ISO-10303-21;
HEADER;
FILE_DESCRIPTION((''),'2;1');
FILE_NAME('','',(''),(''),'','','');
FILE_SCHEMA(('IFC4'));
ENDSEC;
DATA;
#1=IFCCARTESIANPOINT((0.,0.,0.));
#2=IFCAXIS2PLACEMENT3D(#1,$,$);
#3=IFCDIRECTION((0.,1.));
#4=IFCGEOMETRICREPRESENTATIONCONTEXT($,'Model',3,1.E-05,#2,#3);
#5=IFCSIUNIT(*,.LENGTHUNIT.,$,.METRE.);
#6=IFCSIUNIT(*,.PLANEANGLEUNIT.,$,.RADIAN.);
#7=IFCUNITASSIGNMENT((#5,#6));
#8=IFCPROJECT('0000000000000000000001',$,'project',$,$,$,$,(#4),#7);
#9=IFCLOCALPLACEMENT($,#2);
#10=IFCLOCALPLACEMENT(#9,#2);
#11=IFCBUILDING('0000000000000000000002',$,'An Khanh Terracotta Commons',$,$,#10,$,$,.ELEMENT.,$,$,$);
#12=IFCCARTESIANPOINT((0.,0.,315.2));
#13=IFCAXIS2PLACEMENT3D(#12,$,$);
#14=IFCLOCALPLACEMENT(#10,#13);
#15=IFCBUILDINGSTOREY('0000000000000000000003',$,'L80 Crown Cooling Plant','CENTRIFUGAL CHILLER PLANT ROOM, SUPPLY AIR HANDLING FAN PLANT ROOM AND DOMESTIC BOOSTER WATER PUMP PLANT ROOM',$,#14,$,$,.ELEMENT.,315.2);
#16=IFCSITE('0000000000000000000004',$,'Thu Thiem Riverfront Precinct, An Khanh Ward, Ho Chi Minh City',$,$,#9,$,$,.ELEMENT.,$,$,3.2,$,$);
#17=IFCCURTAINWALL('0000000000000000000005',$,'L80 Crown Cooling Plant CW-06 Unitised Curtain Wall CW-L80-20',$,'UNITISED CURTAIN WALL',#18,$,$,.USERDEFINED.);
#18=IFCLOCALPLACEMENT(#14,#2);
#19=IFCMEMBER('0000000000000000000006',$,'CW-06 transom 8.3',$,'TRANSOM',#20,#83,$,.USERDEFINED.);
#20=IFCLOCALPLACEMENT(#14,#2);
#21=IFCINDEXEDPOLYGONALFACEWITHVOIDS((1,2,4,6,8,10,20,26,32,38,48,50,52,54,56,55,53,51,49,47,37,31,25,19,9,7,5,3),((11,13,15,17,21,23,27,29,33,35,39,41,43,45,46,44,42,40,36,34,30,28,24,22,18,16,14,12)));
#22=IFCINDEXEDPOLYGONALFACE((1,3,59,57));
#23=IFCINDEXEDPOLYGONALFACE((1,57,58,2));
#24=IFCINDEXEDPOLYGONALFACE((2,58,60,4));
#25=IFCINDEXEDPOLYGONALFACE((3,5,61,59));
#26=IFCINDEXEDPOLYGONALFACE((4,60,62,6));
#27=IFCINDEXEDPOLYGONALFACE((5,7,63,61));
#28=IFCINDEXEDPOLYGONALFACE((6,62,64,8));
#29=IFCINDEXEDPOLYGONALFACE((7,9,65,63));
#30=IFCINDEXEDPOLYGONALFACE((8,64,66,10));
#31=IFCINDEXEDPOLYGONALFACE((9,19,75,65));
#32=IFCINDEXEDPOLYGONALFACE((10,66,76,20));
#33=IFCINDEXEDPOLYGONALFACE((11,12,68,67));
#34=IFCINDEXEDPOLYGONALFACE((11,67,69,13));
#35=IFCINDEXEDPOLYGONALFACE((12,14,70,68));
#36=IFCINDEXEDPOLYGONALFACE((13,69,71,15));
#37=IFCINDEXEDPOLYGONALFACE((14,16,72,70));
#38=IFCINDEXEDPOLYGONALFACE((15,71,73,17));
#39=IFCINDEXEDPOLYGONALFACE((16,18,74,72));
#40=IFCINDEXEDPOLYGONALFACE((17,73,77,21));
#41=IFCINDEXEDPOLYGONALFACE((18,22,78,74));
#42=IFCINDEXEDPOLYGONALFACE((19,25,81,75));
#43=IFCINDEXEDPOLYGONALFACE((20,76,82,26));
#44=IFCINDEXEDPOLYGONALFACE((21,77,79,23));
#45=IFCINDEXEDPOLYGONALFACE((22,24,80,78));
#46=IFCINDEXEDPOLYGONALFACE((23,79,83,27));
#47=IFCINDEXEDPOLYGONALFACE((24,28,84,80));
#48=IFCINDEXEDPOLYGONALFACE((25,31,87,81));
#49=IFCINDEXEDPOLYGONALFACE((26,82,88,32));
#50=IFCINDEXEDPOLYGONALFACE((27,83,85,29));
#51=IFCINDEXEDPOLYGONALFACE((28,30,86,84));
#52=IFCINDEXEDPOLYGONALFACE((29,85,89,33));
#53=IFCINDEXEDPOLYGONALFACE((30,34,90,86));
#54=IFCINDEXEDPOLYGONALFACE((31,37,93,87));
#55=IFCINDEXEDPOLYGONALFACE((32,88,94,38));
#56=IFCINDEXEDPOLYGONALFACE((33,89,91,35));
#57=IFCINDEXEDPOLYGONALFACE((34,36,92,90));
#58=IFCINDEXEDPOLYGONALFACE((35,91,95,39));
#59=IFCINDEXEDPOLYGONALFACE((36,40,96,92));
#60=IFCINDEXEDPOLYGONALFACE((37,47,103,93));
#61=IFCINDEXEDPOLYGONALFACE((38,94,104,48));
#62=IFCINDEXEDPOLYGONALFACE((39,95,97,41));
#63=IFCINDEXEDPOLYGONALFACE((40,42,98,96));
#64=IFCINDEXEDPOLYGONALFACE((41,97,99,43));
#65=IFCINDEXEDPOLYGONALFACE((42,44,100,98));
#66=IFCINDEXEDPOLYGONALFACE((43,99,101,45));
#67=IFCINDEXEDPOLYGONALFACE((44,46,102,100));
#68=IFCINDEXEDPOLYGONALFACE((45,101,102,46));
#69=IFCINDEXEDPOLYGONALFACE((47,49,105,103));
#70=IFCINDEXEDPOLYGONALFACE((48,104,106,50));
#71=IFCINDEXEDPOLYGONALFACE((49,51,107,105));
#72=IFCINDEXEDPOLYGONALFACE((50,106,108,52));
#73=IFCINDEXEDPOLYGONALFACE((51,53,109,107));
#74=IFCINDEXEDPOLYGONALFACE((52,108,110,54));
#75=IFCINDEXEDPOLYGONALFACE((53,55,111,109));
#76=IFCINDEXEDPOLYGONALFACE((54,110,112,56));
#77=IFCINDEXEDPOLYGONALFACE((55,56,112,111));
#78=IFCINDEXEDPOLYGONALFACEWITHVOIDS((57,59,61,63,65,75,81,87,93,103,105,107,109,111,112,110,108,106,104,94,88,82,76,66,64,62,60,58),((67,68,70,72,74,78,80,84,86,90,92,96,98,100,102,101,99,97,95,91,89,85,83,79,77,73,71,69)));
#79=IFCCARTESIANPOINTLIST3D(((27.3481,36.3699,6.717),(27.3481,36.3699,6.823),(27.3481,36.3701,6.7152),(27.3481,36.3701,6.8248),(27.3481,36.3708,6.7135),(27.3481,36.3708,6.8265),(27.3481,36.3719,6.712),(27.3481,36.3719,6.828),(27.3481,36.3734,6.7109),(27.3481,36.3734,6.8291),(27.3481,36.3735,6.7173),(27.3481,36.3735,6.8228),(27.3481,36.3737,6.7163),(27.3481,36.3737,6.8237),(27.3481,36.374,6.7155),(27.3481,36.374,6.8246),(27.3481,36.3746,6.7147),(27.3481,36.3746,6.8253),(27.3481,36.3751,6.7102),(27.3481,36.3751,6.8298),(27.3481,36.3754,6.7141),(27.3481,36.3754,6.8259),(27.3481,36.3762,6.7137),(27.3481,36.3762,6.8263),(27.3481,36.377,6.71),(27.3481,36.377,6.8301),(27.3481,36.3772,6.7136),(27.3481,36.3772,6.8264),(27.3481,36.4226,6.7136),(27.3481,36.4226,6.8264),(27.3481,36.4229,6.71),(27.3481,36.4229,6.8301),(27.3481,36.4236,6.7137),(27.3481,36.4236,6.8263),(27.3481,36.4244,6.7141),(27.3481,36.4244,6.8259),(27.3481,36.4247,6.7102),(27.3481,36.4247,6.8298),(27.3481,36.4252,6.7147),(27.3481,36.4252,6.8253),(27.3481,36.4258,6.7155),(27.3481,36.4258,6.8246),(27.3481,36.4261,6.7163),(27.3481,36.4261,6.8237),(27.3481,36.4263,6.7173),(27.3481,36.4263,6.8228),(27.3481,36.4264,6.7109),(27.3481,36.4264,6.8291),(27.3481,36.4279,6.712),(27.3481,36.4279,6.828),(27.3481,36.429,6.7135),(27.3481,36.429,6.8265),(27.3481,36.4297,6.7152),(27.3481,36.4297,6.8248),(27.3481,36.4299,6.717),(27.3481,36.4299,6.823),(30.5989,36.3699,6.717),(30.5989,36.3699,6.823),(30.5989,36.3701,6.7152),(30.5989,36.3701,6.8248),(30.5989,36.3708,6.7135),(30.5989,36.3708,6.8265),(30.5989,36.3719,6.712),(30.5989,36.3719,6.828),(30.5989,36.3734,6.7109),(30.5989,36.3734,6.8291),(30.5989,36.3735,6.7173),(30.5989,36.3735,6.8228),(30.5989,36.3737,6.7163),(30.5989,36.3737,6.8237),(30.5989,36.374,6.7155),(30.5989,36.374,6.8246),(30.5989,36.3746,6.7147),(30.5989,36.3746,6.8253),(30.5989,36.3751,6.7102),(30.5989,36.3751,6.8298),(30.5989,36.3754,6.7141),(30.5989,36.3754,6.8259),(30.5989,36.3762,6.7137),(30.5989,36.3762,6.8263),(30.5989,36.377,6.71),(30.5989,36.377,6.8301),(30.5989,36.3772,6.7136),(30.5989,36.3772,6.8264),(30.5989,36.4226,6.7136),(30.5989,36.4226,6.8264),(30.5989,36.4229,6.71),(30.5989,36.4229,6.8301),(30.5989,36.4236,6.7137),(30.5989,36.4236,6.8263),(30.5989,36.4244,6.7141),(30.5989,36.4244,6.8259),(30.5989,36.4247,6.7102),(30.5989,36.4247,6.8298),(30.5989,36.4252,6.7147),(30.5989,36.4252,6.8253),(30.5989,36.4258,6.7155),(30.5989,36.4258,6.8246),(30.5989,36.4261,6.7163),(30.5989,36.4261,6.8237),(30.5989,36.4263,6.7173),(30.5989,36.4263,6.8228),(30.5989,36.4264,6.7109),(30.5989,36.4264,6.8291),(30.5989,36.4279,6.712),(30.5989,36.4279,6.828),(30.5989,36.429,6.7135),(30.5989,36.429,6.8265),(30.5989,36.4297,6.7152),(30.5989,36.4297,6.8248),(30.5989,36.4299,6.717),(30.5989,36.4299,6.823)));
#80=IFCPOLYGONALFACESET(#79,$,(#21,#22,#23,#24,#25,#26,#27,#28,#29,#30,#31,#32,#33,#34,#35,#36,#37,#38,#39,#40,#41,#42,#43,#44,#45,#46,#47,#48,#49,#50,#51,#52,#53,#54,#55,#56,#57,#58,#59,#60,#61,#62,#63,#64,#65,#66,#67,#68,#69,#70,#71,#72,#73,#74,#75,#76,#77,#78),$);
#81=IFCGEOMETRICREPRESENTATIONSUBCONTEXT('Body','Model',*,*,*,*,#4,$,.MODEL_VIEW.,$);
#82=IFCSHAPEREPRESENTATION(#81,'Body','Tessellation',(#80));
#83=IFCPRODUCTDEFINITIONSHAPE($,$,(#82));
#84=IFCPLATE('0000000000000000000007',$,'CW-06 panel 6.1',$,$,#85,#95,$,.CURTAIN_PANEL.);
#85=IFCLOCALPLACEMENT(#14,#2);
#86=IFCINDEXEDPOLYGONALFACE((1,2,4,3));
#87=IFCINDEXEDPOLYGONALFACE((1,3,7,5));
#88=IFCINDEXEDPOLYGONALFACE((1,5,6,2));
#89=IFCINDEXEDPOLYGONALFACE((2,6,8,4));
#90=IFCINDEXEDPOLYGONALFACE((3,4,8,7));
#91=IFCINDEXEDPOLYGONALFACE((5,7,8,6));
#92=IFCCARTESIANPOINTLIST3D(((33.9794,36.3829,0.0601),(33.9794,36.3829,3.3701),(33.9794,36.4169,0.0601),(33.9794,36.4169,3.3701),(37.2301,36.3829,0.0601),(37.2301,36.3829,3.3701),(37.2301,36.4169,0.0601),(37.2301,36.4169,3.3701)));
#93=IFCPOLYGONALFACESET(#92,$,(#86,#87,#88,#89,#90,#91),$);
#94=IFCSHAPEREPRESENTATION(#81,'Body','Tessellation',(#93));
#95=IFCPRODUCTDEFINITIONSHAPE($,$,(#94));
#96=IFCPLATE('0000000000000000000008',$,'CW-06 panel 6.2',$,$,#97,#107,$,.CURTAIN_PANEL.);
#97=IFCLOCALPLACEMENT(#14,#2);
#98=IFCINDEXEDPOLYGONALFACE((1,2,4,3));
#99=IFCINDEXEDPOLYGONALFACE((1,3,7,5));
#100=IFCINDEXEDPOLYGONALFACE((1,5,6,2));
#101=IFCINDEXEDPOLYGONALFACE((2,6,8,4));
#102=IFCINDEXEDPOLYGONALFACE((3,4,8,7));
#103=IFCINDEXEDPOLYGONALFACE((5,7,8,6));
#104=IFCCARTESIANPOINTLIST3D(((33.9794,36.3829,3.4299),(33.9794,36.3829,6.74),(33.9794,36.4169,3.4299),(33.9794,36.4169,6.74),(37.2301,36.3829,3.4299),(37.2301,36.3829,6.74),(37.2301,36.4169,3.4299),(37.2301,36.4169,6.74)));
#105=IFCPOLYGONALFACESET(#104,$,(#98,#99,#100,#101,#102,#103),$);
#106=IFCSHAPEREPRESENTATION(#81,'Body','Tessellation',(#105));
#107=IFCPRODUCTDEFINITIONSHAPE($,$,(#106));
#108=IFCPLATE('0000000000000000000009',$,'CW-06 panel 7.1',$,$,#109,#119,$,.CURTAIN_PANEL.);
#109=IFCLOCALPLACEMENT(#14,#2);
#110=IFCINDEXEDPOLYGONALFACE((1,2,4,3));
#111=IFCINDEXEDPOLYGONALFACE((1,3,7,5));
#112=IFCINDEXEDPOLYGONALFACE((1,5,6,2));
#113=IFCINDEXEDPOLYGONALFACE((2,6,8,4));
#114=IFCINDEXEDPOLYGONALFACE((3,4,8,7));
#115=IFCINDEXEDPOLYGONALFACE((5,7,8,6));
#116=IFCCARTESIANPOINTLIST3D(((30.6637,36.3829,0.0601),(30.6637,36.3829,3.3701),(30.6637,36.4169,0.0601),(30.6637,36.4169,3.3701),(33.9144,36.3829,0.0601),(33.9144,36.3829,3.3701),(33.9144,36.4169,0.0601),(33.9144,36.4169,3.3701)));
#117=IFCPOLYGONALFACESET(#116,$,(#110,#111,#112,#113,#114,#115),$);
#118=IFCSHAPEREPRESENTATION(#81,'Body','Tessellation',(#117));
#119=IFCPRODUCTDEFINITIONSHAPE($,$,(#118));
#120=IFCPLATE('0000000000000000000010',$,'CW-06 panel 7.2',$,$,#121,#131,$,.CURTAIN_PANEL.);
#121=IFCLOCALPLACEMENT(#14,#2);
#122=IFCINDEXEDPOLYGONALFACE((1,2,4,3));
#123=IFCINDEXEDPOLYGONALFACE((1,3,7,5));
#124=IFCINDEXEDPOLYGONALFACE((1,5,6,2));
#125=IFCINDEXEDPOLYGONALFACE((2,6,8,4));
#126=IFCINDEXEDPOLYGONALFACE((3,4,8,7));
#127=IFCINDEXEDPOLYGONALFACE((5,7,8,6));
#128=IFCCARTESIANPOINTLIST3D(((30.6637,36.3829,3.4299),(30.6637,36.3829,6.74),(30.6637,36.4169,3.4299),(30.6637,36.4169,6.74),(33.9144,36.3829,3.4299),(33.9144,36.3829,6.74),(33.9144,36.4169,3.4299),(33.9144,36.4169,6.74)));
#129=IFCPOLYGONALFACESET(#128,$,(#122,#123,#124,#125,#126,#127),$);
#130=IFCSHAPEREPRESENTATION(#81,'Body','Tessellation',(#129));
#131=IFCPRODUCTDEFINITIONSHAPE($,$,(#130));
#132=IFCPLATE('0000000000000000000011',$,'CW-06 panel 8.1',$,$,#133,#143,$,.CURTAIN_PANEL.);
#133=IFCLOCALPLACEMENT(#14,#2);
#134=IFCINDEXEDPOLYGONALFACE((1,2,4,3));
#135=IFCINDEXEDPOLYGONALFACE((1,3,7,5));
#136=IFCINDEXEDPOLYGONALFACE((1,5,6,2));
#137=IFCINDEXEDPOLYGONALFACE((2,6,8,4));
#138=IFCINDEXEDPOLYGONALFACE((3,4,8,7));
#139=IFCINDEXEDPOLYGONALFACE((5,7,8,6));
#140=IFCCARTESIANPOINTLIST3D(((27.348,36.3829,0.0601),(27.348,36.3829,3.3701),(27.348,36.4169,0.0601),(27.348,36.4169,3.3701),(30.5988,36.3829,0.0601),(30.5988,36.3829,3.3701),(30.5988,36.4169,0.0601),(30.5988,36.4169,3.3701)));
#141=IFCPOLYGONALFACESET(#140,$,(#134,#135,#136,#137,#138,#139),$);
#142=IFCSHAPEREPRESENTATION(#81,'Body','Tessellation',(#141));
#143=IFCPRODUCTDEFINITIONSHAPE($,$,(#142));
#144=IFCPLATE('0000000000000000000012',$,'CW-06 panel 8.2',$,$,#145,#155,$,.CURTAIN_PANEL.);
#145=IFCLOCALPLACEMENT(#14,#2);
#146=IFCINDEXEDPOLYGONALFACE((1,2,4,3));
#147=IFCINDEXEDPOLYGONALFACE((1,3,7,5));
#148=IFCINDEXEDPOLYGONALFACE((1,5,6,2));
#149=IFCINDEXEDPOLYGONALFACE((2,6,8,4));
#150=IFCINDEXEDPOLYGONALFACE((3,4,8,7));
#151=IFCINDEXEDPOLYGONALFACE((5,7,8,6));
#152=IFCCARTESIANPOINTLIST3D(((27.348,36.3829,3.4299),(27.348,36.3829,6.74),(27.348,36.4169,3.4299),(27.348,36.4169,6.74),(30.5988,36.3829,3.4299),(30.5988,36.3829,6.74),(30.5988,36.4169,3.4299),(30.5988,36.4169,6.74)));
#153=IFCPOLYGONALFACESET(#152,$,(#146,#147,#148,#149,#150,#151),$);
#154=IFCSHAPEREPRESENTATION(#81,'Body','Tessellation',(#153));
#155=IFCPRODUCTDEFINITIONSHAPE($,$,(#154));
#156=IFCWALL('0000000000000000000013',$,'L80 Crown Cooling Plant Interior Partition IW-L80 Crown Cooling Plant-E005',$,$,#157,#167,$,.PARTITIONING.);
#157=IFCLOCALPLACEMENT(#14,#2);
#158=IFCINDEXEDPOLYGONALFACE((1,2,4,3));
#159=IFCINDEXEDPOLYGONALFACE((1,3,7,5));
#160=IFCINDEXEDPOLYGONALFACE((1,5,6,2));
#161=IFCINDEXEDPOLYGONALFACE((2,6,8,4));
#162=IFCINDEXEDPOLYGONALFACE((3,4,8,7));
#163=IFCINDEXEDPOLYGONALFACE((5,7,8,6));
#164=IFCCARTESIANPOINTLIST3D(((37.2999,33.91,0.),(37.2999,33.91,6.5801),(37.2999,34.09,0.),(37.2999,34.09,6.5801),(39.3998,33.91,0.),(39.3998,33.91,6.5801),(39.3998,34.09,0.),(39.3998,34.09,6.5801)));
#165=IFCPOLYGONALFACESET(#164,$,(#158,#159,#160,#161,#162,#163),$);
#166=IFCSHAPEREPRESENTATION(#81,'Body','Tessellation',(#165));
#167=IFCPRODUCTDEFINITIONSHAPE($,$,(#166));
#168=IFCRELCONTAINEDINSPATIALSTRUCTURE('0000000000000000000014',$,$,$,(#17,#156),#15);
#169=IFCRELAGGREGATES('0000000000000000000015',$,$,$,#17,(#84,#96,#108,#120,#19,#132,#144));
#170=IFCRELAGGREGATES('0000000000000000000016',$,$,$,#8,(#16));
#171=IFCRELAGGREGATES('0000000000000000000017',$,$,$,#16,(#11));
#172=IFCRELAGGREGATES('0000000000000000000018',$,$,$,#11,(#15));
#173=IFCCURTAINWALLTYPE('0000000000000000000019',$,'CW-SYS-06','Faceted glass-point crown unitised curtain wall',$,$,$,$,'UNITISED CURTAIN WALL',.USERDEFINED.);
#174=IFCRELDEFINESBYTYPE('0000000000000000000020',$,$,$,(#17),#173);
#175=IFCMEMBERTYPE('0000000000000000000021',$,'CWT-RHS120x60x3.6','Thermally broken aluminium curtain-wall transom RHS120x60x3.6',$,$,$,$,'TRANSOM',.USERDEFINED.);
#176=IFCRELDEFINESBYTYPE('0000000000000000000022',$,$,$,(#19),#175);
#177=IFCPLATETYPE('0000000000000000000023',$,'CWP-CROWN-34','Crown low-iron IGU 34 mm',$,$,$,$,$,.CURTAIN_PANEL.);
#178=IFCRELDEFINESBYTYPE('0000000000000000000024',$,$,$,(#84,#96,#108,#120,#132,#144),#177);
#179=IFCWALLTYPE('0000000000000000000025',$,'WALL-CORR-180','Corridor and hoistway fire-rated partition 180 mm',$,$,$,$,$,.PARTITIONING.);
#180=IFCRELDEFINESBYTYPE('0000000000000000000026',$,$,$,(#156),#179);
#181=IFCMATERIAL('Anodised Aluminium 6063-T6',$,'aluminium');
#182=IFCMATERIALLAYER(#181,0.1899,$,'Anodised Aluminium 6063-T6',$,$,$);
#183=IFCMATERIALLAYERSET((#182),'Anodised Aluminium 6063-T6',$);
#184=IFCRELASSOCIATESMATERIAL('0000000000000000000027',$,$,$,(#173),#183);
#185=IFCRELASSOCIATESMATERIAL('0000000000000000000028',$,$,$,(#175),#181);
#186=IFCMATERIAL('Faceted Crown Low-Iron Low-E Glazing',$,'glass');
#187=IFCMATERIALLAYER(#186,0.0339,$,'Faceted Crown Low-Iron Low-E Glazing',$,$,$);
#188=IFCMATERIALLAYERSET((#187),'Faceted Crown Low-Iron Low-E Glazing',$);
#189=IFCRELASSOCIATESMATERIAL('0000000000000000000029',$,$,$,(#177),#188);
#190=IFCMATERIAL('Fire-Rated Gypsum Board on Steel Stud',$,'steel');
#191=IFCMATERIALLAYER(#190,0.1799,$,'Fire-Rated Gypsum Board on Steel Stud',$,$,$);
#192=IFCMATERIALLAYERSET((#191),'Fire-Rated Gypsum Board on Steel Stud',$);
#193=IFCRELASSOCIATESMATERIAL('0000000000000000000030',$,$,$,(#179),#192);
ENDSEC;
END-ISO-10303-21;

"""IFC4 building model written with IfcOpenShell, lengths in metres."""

from ifc_helpers import new_model, si_unit, direction, frame, frame_2d, origin, origin_2d, place, context, subcontext, project, spatial, rectangle, hollow_rectangle, extrude, material, layer, layer_set, material_profile, profile_set, type_object, element, aggregate, save


model = new_model("IFC4")

# Units and contexts
model_context = context("Model", 3, precision=1e-05, world=origin(), true_north=direction((0.0, 1.0)))
body_context = subcontext(model_context, "Body", "Model", "MODEL_VIEW")
ifc_project = project(units=[si_unit("LENGTHUNIT", "METRE"), si_unit("PLANEANGLEUNIT", "RADIAN")], contexts=[model_context])

# Site, building, storey
site_placement = place(None, origin())
site = spatial("IfcSite", under=ifc_project, at=site_placement, Name="Thu Thiem Riverfront Precinct, An Khanh Ward, Ho Chi Minh City", CompositionType="ELEMENT", RefElevation=3.2)
building_placement = place(site_placement, origin())
building = spatial("IfcBuilding", under=site, at=building_placement, Name="An Khanh Terracotta Commons", CompositionType="ELEMENT")
storey_placement = place(building_placement, frame((0.0, 0.0, 315.2)))
storey = spatial("IfcBuildingStorey", under=building, at=storey_placement, Name="L80 Crown Cooling Plant", Description="CENTRIFUGAL CHILLER PLANT ROOM, SUPPLY AIR HANDLING FAN PLANT ROOM AND DOMESTIC BOOSTER WATER PUMP PLANT ROOM", CompositionType="ELEMENT", Elevation=315.2)

# Curtain wall, member, plates
ifc_material_1 = material(Name="Anodised Aluminium 6063-T6", Category="aluminium")
ifc_layer_1 = layer(ifc_material_1, 0.1899, Name="Anodised Aluminium 6063-T6")
ifc_layer_set_1 = layer_set([ifc_layer_1], Name="Anodised Aluminium 6063-T6")
curtain_wall_type = type_object("IfcCurtainWallType", Name="CW-SYS-06", Description="Faceted glass-point crown unitised curtain wall", ElementType="UNITISED CURTAIN WALL", PredefinedType="USERDEFINED", material=ifc_layer_set_1)
curtain_wall_placement = place(storey_placement, origin())
curtain_wall = element("IfcCurtainWall", 1, at=curtain_wall_placement, inside=storey, type_object=curtain_wall_type, Name="L80 Crown Cooling Plant CW-06 Unitised Curtain Wall CW-L80-20", ObjectType="UNITISED CURTAIN WALL", PredefinedType="USERDEFINED")
ifc_material_profile_1 = material_profile(ifc_material_1, hollow_rectangle(XDim=0.0601, YDim=0.1201, WallThickness=0.0037, InnerFilletRadius=0.0037, OuterFilletRadius=0.0071, at=origin_2d()), Name="RHS120x60x3.6")
ifc_profile_set_1 = profile_set([ifc_material_profile_1], Name="Anodised Aluminium 6063-T6")
member_type_1 = type_object("IfcMemberType", Name="CWT-RHS120x60x3.6", Description="Thermally broken aluminium curtain-wall transom RHS120x60x3.6", ElementType="TRANSOM", PredefinedType="USERDEFINED", material=ifc_profile_set_1)
member_1_placement = place(storey_placement, frame((30.5989, 36.3999, 6.77), z_axis=(-1.0, 0.0, 0.0), x_axis=(0.0, -1.0, 0.0)))
member_1 = element("IfcMember", 2, at=member_1_placement, type_object=member_type_1, Name="CW-06 transom 8.3", ObjectType="TRANSOM", PredefinedType="USERDEFINED", context=body_context, shape_type="SweptSolid", body=[
    extrude(hollow_rectangle(XDim=0.0601, YDim=0.1201, WallThickness=0.0037, InnerFilletRadius=0.0037, OuterFilletRadius=0.0071, at=origin_2d()), origin(), (0.0, 0.0, 1.0), 3.2507),
])
ifc_material_2 = material(Name="Faceted Crown Low-Iron Low-E Glazing", Category="glass")
ifc_layer_2 = layer(ifc_material_2, 0.0339, Name="Faceted Crown Low-Iron Low-E Glazing")
ifc_layer_set_2 = layer_set([ifc_layer_2], Name="Faceted Crown Low-Iron Low-E Glazing")
plate_type = type_object("IfcPlateType", Name="CWP-CROWN-34", Description="Crown low-iron IGU 34 mm", PredefinedType="CURTAIN_PANEL", material=ifc_layer_set_2)
plate_1_placement = place(storey_placement, frame((35.6047, 36.3999, 0.0601), z_axis=(0.0, 0.0, 1.0), x_axis=(-1.0, 0.0, 0.0)))
plate_1 = element("IfcPlate", 3, at=plate_1_placement, type_object=plate_type, Name="CW-06 panel 6.1", PredefinedType="CURTAIN_PANEL", context=body_context, shape_type="SweptSolid", body=[
    extrude(rectangle(XDim=3.2507, YDim=0.0339, at=origin_2d()), origin(), (0.0, 0.0, 1.0), 3.3101),
])
plate_2_placement = place(storey_placement, frame((35.6047, 36.3999, 3.4299), z_axis=(0.0, 0.0, 1.0), x_axis=(-1.0, 0.0, 0.0)))
plate_2 = element("IfcPlate", 4, at=plate_2_placement, type_object=plate_type, Name="CW-06 panel 6.2", PredefinedType="CURTAIN_PANEL", context=body_context, shape_type="SweptSolid", body=[
    extrude(rectangle(XDim=3.2507, YDim=0.0339, at=origin_2d()), origin(), (0.0, 0.0, 1.0), 3.3101),
])
plate_3_placement = place(storey_placement, frame((32.2891, 36.3999, 0.0601), z_axis=(0.0, 0.0, 1.0), x_axis=(-1.0, 0.0, 0.0)))
plate_3 = element("IfcPlate", 5, at=plate_3_placement, type_object=plate_type, Name="CW-06 panel 7.1", PredefinedType="CURTAIN_PANEL", context=body_context, shape_type="SweptSolid", body=[
    extrude(rectangle(XDim=3.2507, YDim=0.0339, at=origin_2d()), origin(), (0.0, 0.0, 1.0), 3.3101),
])
plate_4_placement = place(storey_placement, frame((32.2891, 36.3999, 3.4299), z_axis=(0.0, 0.0, 1.0), x_axis=(-1.0, 0.0, 0.0)))
plate_4 = element("IfcPlate", 6, at=plate_4_placement, type_object=plate_type, Name="CW-06 panel 7.2", PredefinedType="CURTAIN_PANEL", context=body_context, shape_type="SweptSolid", body=[
    extrude(rectangle(XDim=3.2507, YDim=0.0339, at=origin_2d()), origin(), (0.0, 0.0, 1.0), 3.3101),
])
plate_5_placement = place(storey_placement, frame((28.9734, 36.3999, 0.0601), z_axis=(0.0, 0.0, 1.0), x_axis=(-1.0, 0.0, 0.0)))
plate_5 = element("IfcPlate", 7, at=plate_5_placement, type_object=plate_type, Name="CW-06 panel 8.1", PredefinedType="CURTAIN_PANEL", context=body_context, shape_type="SweptSolid", body=[
    extrude(rectangle(XDim=3.2507, YDim=0.0339, at=origin_2d()), origin(), (0.0, 0.0, 1.0), 3.3101),
])
plate_6_placement = place(storey_placement, frame((28.9734, 36.3999, 3.4299), z_axis=(0.0, 0.0, 1.0), x_axis=(-1.0, 0.0, 0.0)))
plate_6 = element("IfcPlate", 8, at=plate_6_placement, type_object=plate_type, Name="CW-06 panel 8.2", PredefinedType="CURTAIN_PANEL", context=body_context, shape_type="SweptSolid", body=[
    extrude(rectangle(XDim=3.2507, YDim=0.0339, at=origin_2d()), origin(), (0.0, 0.0, 1.0), 3.3101),
])
aggregate(curtain_wall, [plate_1, plate_2, plate_3, plate_4, member_1, plate_5, plate_6])

# Wall
ifc_material_3 = material(Name="Fire-Rated Gypsum Board on Steel Stud", Category="steel")
ifc_layer_3 = layer(ifc_material_3, 0.1799, Name="Fire-Rated Gypsum Board on Steel Stud")
ifc_layer_set_3 = layer_set([ifc_layer_3], Name="Fire-Rated Gypsum Board on Steel Stud")
wall_type = type_object("IfcWallType", Name="WALL-CORR-180", Description="Corridor and hoistway fire-rated partition 180 mm", PredefinedType="PARTITIONING", material=ifc_layer_set_3)
wall_placement = place(storey_placement, frame((37.3, 34.0, 0.0), z_axis=(0.0, 0.0, 1.0), x_axis=(1.0, 0.0, 0.0)))
element("IfcWall", 9, at=wall_placement, inside=storey, type_object=wall_type, Name="L80 Crown Cooling Plant Interior Partition IW-L80 Crown Cooling Plant-E005", PredefinedType="PARTITIONING", context=body_context, shape_type="SweptSolid", body=[
    extrude(rectangle(XDim=2.0999, YDim=0.1799, at=frame_2d((1.0498, 0.0))), origin(), (0.0, 0.0, 1.0), 6.5801),
])

save(model, "model.ifc")
